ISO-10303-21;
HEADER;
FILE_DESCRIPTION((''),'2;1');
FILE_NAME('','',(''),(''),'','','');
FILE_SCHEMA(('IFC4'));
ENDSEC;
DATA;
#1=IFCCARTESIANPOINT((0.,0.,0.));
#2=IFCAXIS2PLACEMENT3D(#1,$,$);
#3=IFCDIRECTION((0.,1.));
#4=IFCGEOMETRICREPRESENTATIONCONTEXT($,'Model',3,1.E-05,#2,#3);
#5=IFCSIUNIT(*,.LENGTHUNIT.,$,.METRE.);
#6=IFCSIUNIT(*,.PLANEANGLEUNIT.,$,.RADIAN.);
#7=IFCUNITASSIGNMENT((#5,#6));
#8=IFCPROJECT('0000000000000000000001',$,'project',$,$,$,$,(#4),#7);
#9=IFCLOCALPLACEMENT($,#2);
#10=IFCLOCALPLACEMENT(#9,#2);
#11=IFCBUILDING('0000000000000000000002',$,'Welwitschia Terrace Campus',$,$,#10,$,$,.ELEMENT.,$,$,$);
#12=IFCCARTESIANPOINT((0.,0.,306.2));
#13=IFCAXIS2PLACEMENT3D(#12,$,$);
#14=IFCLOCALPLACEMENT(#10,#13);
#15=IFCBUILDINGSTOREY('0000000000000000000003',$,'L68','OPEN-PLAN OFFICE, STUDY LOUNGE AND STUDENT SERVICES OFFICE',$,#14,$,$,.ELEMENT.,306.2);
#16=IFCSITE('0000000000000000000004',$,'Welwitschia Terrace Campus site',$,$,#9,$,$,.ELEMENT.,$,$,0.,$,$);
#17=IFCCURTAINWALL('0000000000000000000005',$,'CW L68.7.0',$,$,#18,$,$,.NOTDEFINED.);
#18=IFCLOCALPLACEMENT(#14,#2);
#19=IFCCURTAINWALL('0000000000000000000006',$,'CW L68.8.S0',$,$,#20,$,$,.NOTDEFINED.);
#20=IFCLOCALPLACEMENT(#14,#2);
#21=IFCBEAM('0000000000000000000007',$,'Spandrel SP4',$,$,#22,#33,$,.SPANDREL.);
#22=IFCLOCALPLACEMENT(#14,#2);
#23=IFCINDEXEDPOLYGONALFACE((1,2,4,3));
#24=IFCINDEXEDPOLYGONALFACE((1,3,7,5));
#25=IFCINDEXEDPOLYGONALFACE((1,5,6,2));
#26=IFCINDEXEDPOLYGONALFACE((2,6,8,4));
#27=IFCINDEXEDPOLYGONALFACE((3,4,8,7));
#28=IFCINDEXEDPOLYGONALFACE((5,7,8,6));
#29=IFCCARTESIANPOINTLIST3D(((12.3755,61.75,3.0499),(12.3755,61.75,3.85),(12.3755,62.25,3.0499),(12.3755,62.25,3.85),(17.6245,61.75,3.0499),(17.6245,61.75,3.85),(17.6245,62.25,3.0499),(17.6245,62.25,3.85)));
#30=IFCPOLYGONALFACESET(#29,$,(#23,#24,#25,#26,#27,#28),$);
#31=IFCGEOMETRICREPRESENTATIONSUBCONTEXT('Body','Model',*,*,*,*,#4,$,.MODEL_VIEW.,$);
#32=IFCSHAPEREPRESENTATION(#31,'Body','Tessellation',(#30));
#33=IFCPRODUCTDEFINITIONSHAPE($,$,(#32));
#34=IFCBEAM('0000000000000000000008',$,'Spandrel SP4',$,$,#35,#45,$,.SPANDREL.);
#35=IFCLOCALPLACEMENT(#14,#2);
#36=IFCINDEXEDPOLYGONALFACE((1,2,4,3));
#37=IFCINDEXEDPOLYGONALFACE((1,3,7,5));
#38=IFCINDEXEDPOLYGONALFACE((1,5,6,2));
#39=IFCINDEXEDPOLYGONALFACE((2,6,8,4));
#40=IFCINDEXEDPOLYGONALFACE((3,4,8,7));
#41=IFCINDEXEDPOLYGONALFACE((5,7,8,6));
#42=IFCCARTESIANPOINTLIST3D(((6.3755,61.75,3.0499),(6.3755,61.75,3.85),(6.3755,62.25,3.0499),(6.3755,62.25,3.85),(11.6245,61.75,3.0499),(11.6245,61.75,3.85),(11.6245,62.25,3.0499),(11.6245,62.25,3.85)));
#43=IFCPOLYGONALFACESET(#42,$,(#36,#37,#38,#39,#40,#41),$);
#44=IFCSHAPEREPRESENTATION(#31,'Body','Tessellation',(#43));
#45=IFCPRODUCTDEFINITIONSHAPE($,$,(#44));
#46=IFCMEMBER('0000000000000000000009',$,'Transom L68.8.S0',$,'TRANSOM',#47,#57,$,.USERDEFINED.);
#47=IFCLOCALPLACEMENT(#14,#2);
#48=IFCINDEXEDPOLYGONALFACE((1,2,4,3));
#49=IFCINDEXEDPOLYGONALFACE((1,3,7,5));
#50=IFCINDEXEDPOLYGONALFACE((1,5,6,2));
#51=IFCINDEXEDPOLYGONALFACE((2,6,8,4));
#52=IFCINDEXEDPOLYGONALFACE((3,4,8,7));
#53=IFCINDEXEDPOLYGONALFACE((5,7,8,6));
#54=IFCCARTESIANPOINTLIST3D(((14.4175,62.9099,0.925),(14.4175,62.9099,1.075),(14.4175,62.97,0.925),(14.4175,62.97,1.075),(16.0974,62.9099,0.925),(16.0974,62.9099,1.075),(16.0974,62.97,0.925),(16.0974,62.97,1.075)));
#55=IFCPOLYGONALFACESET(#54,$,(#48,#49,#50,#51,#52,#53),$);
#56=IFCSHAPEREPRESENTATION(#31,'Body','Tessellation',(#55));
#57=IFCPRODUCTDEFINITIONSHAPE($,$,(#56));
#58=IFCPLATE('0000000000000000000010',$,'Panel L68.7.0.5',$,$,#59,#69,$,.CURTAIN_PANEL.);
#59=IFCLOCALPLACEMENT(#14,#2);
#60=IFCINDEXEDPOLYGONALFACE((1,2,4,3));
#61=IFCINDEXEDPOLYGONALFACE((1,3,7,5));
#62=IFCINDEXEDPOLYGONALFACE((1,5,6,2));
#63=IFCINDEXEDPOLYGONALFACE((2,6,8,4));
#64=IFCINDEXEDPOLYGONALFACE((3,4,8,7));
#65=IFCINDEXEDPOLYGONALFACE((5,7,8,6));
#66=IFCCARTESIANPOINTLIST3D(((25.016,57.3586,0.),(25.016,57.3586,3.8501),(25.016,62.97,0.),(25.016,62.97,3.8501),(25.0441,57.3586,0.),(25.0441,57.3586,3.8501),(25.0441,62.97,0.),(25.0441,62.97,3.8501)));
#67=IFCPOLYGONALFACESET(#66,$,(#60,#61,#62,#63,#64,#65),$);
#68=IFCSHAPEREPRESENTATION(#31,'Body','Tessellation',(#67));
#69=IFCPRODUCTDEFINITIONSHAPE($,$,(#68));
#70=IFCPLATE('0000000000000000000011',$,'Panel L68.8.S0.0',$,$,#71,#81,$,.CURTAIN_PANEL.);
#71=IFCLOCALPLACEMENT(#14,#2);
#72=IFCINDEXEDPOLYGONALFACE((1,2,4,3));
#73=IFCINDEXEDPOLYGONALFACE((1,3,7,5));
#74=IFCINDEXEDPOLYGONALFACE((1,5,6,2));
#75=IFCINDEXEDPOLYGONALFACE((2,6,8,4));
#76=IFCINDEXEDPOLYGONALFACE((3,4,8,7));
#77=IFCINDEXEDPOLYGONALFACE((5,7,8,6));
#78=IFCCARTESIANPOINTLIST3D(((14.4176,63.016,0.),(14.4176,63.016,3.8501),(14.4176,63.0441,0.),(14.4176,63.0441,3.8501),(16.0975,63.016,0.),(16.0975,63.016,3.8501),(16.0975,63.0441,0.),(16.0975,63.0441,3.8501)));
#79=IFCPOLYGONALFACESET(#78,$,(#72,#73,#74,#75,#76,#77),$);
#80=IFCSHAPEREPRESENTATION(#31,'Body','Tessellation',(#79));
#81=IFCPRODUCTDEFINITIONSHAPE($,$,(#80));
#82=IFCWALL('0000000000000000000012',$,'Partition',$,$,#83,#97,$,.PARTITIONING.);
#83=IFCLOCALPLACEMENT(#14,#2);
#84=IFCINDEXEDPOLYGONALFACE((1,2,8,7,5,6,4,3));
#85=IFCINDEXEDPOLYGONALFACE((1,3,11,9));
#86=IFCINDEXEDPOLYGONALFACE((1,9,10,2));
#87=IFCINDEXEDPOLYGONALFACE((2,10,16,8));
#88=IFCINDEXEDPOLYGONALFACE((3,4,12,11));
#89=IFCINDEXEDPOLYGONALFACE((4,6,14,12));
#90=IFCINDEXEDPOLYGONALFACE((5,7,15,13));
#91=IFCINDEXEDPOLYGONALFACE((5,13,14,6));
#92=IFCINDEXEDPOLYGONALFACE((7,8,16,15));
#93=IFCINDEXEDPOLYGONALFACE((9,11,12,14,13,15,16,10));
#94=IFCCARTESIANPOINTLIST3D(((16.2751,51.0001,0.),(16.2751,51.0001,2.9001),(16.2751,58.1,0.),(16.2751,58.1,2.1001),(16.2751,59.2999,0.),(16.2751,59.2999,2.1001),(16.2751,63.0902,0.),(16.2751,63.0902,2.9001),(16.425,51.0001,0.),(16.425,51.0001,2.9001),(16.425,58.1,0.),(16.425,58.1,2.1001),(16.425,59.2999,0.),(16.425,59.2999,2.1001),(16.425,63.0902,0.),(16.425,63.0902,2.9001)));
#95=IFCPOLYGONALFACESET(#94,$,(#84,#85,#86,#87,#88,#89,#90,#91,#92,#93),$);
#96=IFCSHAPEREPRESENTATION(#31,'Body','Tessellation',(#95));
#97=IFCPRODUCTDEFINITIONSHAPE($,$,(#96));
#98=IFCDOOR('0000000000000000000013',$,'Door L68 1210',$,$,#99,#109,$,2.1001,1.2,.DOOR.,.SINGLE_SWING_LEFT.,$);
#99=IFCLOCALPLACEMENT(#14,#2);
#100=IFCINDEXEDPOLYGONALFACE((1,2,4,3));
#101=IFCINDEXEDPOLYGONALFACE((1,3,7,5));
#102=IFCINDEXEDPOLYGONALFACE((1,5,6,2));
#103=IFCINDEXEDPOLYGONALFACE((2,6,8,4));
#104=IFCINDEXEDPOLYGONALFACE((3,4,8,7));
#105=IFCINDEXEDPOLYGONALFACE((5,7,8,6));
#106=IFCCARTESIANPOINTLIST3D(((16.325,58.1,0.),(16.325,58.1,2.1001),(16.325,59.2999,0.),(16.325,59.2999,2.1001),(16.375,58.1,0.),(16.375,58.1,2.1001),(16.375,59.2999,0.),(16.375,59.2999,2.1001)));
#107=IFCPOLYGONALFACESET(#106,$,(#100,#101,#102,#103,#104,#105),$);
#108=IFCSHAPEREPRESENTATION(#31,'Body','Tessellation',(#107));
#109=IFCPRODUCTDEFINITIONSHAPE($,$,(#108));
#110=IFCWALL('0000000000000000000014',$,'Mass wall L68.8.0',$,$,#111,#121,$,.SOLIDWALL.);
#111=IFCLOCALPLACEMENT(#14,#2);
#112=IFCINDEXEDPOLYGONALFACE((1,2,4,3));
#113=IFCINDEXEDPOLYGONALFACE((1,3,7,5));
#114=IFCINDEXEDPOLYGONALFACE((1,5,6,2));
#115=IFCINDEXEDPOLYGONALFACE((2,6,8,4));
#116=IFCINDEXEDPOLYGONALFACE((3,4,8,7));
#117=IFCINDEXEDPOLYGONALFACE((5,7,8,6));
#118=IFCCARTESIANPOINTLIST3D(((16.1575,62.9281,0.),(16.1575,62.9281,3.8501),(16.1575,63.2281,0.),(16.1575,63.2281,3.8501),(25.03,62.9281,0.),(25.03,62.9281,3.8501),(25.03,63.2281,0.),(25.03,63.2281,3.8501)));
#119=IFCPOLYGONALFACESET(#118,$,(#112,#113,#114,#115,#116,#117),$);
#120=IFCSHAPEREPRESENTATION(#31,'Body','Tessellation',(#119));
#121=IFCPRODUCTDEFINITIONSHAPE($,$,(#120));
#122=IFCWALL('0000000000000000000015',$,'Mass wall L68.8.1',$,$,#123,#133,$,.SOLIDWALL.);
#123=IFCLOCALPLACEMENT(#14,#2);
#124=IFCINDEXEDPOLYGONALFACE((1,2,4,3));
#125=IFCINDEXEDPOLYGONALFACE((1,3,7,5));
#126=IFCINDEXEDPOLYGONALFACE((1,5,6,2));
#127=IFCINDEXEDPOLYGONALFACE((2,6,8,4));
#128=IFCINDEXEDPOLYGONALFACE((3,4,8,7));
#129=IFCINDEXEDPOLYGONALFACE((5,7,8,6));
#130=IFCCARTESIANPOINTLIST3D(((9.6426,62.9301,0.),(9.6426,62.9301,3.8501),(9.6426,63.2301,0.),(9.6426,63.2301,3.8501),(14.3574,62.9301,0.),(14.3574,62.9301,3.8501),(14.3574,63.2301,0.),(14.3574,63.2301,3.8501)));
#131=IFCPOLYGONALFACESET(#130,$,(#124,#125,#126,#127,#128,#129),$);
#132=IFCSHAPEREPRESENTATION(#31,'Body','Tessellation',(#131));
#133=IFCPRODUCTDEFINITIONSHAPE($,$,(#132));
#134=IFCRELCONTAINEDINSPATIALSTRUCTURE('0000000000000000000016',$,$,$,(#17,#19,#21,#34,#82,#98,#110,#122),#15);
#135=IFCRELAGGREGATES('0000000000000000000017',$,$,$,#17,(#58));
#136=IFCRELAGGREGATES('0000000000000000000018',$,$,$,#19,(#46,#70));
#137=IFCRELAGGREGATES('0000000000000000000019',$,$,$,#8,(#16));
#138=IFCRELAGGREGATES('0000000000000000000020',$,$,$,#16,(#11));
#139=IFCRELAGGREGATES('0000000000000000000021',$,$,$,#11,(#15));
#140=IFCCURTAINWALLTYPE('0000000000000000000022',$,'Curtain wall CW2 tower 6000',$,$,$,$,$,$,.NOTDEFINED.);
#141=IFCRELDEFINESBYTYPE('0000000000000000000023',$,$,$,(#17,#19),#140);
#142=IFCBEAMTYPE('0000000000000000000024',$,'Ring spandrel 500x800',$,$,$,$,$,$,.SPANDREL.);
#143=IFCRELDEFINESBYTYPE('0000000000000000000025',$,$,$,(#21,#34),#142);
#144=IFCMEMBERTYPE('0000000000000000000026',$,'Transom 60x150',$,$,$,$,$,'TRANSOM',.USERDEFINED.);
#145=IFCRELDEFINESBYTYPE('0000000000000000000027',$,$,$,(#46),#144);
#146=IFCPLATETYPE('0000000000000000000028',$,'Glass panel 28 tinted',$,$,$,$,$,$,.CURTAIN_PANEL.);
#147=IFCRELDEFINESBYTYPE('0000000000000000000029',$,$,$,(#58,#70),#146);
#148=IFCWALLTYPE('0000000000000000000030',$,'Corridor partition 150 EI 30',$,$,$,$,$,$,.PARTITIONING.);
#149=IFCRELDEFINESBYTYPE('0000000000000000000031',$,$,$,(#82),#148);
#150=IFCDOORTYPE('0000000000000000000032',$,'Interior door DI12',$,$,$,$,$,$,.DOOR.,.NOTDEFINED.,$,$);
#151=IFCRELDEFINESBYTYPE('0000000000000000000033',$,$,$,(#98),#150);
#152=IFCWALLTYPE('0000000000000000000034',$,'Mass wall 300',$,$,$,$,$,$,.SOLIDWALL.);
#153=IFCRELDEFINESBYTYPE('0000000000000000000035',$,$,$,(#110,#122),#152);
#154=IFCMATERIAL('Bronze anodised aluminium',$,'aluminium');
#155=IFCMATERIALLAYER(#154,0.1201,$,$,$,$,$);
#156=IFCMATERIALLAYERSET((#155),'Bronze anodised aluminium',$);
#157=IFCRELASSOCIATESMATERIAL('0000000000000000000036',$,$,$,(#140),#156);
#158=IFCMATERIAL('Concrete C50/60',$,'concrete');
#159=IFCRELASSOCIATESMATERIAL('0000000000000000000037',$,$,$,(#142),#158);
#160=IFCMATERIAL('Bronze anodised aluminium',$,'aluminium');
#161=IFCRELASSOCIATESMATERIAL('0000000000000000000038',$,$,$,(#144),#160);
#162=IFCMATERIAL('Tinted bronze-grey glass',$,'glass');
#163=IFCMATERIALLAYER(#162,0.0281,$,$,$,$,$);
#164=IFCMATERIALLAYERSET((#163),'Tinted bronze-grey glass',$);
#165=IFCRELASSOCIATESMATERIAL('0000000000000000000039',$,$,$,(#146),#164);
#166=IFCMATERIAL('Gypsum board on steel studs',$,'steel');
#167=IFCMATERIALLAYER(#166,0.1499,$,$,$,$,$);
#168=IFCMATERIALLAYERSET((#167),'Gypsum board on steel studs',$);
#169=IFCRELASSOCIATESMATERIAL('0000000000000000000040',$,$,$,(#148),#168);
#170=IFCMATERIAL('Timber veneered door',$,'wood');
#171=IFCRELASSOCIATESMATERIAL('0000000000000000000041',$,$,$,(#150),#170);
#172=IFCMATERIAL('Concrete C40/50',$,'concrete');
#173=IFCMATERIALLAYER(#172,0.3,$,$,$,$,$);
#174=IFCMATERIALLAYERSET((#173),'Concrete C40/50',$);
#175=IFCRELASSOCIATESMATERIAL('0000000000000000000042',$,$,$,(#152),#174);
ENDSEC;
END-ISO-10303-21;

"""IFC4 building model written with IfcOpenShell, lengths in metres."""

from ifc_helpers import new_model, si_unit, direction, frame, frame_2d, origin, origin_2d, place, context, subcontext, project, spatial, rectangle, extrude, material, layer, layer_set, material_profile, profile_set, type_object, element, fill, aggregate, save


model = new_model("IFC4")

# Units and contexts
model_context = context("Model", 3, precision=1e-05, world=origin(), true_north=direction((0.0, 1.0)))
body_context = subcontext(model_context, "Body", "Model", "MODEL_VIEW")
ifc_project = project(units=[si_unit("LENGTHUNIT", "METRE"), si_unit("PLANEANGLEUNIT", "RADIAN")], contexts=[model_context])

# Site, building, storey
site_placement = place(None, origin())
site = spatial("IfcSite", under=ifc_project, at=site_placement, Name="Welwitschia Terrace Campus site", CompositionType="ELEMENT", RefElevation=0.0)
building_placement = place(site_placement, origin())
building = spatial("IfcBuilding", under=site, at=building_placement, Name="Welwitschia Terrace Campus", CompositionType="ELEMENT")
storey_placement = place(building_placement, frame((0.0, 0.0, 306.2)))
storey = spatial("IfcBuildingStorey", under=building, at=storey_placement, Name="L68", Description="OPEN-PLAN OFFICE, STUDY LOUNGE AND STUDENT SERVICES OFFICE", CompositionType="ELEMENT", Elevation=306.2)

# Curtain walls
ifc_material_1 = material(Name="Bronze anodised aluminium", Category="aluminium")
ifc_layer_1 = layer(ifc_material_1, 0.1201)
ifc_layer_set_1 = layer_set([ifc_layer_1], Name="Bronze anodised aluminium")
curtain_wall_type = type_object("IfcCurtainWallType", Name="Curtain wall CW2 tower 6000", PredefinedType="NOTDEFINED", material=ifc_layer_set_1)
curtain_wall_1_placement = place(storey_placement, origin())
curtain_wall_1 = element("IfcCurtainWall", 1, at=curtain_wall_1_placement, inside=storey, type_object=curtain_wall_type, Name="CW L68.7.0", PredefinedType="NOTDEFINED")
curtain_wall_2_placement = place(storey_placement, origin())
curtain_wall_2 = element("IfcCurtainWall", 2, at=curtain_wall_2_placement, inside=storey, type_object=curtain_wall_type, Name="CW L68.8.S0", PredefinedType="NOTDEFINED")

# Beams
ifc_material_2 = material(Name="Concrete C50/60", Category="concrete")
ifc_material_profile_1 = material_profile(ifc_material_2, rectangle(XDim=0.5, YDim=0.8, at=origin_2d()))
ifc_profile_set_1 = profile_set([ifc_material_profile_1], Name="Concrete C50/60")
beam_type_1 = type_object("IfcBeamType", Name="Ring spandrel 500x800", PredefinedType="SPANDREL", material=ifc_profile_set_1)
for number, where, z_axis, x_axis, name in (
    (3, (17.6245, 62.0, 3.45), (-1.0, 0.0, 0.0), (0.0, -1.0, 0.0), "Spandrel SP4"),
    (4, (11.6245, 62.0, 3.45), (-1.0, 0.0, 0.0), (0.0, -1.0, 0.0), "Spandrel SP4"),
):
    element("IfcBeam", number, at=place(storey_placement, frame(where, z_axis=z_axis, x_axis=x_axis)), inside=storey, type_object=beam_type_1, Name=name, PredefinedType="SPANDREL", context=body_context, shape_type="SweptSolid", body=[
        extrude(rectangle(XDim=0.5, YDim=0.8, at=origin_2d()), origin(), (0.0, 0.0, 1.0), 5.249),
    ])

# Member
ifc_material_3 = material(Name="Bronze anodised aluminium", Category="aluminium")
ifc_material_profile_2 = material_profile(ifc_material_3, rectangle(XDim=0.0601, YDim=0.1499, at=origin_2d()))
ifc_profile_set_2 = profile_set([ifc_material_profile_2], Name="Bronze anodised aluminium")
member_type_1 = type_object("IfcMemberType", Name="Transom 60x150", ElementType="TRANSOM", PredefinedType="USERDEFINED", material=ifc_profile_set_2)
member_1_placement = place(storey_placement, frame((16.0974, 62.9399, 1.0), z_axis=(-1.0, 0.0, 0.0), x_axis=(0.0, -1.0, 0.0)))
member_1 = element("IfcMember", 5, at=member_1_placement, type_object=member_type_1, Name="Transom L68.8.S0", ObjectType="TRANSOM", PredefinedType="USERDEFINED", context=body_context, shape_type="SweptSolid", body=[
    extrude(rectangle(XDim=0.0601, YDim=0.1499, at=origin_2d()), origin(), (0.0, 0.0, 1.0), 1.6799),
])

# Plates
ifc_material_4 = material(Name="Tinted bronze-grey glass", Category="glass")
ifc_layer_2 = layer(ifc_material_4, 0.0281)
ifc_layer_set_2 = layer_set([ifc_layer_2], Name="Tinted bronze-grey glass")
plate_type = type_object("IfcPlateType", Name="Glass panel 28 tinted", PredefinedType="CURTAIN_PANEL", material=ifc_layer_set_2)
plate_1_placement = place(storey_placement, frame((25.03, 60.1643, 0.0), z_axis=(0.0, 0.0, 1.0), x_axis=(0.0, 1.0, 0.0)))
plate_1 = element("IfcPlate", 6, at=plate_1_placement, type_object=plate_type, Name="Panel L68.7.0.5", PredefinedType="CURTAIN_PANEL", context=body_context, shape_type="SweptSolid", body=[
    extrude(rectangle(XDim=5.6113, YDim=0.0281, at=origin_2d()), origin(), (0.0, 0.0, 1.0), 3.8501),
])
aggregate(curtain_wall_1, [plate_1])
plate_2_placement = place(storey_placement, frame((15.2576, 63.03, 0.0), z_axis=(0.0, 0.0, 1.0), x_axis=(-1.0, 0.0, 0.0)))
plate_2 = element("IfcPlate", 7, at=plate_2_placement, type_object=plate_type, Name="Panel L68.8.S0.0", PredefinedType="CURTAIN_PANEL", context=body_context, shape_type="SweptSolid", body=[
    extrude(rectangle(XDim=1.6799, YDim=0.0281, at=origin_2d()), origin(), (0.0, 0.0, 1.0), 3.8501),
])
aggregate(curtain_wall_2, [member_1, plate_2])

# Wall, opening, door
ifc_material_5 = material(Name="Gypsum board on steel studs", Category="steel")
ifc_layer_3 = layer(ifc_material_5, 0.1499)
ifc_layer_set_3 = layer_set([ifc_layer_3], Name="Gypsum board on steel studs")
wall_type_1 = type_object("IfcWallType", Name="Corridor partition 150 EI 30", PredefinedType="PARTITIONING", material=ifc_layer_set_3)
wall_1_placement = place(storey_placement, frame((16.3501, 63.0901, 0.0), z_axis=(0.0, 0.0, 1.0), x_axis=(0.0, -1.0, 0.0)))
wall_1 = element("IfcWall", 8, at=wall_1_placement, inside=storey, type_object=wall_type_1, Name="Partition", PredefinedType="PARTITIONING", context=body_context, shape_type="SweptSolid", body=[
    extrude(rectangle(XDim=12.0901, YDim=0.1499, at=frame_2d((6.0449, 0.0))), origin(), (0.0, 0.0, 1.0), 2.9001),
])
opening_placement = place(wall_1_placement, frame((3.79, 0.0, 0.0)))
opening = element("IfcOpeningElement", 9, at=opening_placement, cuts=wall_1, PredefinedType="OPENING", context=body_context, shape_type="SweptSolid", body=[
    extrude(rectangle(XDim=1.2, YDim=2.1001, at=frame_2d((0.6001, 1.05))), frame((0.0, 0.085, 0.0), z_axis=(0.0, -1.0, 0.0), x_axis=(1.0, 0.0, 0.0)), (0.0, 0.0, 1.0), 0.1699),
])
ifc_material_6 = material(Name="Timber veneered door", Category="wood")
door_type = type_object("IfcDoorType", Name="Interior door DI12", OperationType="NOTDEFINED", PredefinedType="DOOR", material=ifc_material_6)
door_placement = place(opening_placement, origin())
door = element("IfcDoor", 10, at=door_placement, inside=storey, type_object=door_type, Name="Door L68 1210", OperationType="SINGLE_SWING_LEFT", OverallHeight=2.1001, OverallWidth=1.2, PredefinedType="DOOR", context=body_context, shape_type="SweptSolid", body=[
    extrude(rectangle(XDim=1.2, YDim=2.1001, at=frame_2d((0.6001, 1.05))), frame((0.0, 0.0249, 0.0), z_axis=(0.0, -1.0, 0.0), x_axis=(1.0, 0.0, 0.0)), (0.0, 0.0, 1.0), 0.05),
])
fill(opening, door)

# Walls
ifc_material_7 = material(Name="Concrete C40/50", Category="concrete")
ifc_layer_4 = layer(ifc_material_7, 0.3)
ifc_layer_set_4 = layer_set([ifc_layer_4], Name="Concrete C40/50")
wall_type_2 = type_object("IfcWallType", Name="Mass wall 300", PredefinedType="SOLIDWALL", material=ifc_layer_set_4)
wall_2_placement = place(storey_placement, frame((25.03, 63.0781, 0.0), z_axis=(0.0, 0.0, 1.0), x_axis=(-1.0, 0.0, 0.0)))
element("IfcWall", 11, at=wall_2_placement, inside=storey, type_object=wall_type_2, Name="Mass wall L68.8.0", PredefinedType="SOLIDWALL", context=body_context, shape_type="SweptSolid", body=[
    extrude(rectangle(XDim=8.8726, YDim=0.3, at=frame_2d((4.4363, 0.0))), origin(), (0.0, 0.0, 1.0), 3.8501),
])
wall_3_placement = place(storey_placement, frame((14.3574, 63.0801, 0.0), z_axis=(0.0, 0.0, 1.0), x_axis=(-1.0, 0.0, 0.0)))
element("IfcWall", 12, at=wall_3_placement, inside=storey, type_object=wall_type_2, Name="Mass wall L68.8.1", PredefinedType="SOLIDWALL", context=body_context, shape_type="SweptSolid", body=[
    extrude(rectangle(XDim=4.7148, YDim=0.3, at=frame_2d((2.3574, 0.0))), origin(), (0.0, 0.0, 1.0), 3.8501),
])

save(model, "model.ifc")
